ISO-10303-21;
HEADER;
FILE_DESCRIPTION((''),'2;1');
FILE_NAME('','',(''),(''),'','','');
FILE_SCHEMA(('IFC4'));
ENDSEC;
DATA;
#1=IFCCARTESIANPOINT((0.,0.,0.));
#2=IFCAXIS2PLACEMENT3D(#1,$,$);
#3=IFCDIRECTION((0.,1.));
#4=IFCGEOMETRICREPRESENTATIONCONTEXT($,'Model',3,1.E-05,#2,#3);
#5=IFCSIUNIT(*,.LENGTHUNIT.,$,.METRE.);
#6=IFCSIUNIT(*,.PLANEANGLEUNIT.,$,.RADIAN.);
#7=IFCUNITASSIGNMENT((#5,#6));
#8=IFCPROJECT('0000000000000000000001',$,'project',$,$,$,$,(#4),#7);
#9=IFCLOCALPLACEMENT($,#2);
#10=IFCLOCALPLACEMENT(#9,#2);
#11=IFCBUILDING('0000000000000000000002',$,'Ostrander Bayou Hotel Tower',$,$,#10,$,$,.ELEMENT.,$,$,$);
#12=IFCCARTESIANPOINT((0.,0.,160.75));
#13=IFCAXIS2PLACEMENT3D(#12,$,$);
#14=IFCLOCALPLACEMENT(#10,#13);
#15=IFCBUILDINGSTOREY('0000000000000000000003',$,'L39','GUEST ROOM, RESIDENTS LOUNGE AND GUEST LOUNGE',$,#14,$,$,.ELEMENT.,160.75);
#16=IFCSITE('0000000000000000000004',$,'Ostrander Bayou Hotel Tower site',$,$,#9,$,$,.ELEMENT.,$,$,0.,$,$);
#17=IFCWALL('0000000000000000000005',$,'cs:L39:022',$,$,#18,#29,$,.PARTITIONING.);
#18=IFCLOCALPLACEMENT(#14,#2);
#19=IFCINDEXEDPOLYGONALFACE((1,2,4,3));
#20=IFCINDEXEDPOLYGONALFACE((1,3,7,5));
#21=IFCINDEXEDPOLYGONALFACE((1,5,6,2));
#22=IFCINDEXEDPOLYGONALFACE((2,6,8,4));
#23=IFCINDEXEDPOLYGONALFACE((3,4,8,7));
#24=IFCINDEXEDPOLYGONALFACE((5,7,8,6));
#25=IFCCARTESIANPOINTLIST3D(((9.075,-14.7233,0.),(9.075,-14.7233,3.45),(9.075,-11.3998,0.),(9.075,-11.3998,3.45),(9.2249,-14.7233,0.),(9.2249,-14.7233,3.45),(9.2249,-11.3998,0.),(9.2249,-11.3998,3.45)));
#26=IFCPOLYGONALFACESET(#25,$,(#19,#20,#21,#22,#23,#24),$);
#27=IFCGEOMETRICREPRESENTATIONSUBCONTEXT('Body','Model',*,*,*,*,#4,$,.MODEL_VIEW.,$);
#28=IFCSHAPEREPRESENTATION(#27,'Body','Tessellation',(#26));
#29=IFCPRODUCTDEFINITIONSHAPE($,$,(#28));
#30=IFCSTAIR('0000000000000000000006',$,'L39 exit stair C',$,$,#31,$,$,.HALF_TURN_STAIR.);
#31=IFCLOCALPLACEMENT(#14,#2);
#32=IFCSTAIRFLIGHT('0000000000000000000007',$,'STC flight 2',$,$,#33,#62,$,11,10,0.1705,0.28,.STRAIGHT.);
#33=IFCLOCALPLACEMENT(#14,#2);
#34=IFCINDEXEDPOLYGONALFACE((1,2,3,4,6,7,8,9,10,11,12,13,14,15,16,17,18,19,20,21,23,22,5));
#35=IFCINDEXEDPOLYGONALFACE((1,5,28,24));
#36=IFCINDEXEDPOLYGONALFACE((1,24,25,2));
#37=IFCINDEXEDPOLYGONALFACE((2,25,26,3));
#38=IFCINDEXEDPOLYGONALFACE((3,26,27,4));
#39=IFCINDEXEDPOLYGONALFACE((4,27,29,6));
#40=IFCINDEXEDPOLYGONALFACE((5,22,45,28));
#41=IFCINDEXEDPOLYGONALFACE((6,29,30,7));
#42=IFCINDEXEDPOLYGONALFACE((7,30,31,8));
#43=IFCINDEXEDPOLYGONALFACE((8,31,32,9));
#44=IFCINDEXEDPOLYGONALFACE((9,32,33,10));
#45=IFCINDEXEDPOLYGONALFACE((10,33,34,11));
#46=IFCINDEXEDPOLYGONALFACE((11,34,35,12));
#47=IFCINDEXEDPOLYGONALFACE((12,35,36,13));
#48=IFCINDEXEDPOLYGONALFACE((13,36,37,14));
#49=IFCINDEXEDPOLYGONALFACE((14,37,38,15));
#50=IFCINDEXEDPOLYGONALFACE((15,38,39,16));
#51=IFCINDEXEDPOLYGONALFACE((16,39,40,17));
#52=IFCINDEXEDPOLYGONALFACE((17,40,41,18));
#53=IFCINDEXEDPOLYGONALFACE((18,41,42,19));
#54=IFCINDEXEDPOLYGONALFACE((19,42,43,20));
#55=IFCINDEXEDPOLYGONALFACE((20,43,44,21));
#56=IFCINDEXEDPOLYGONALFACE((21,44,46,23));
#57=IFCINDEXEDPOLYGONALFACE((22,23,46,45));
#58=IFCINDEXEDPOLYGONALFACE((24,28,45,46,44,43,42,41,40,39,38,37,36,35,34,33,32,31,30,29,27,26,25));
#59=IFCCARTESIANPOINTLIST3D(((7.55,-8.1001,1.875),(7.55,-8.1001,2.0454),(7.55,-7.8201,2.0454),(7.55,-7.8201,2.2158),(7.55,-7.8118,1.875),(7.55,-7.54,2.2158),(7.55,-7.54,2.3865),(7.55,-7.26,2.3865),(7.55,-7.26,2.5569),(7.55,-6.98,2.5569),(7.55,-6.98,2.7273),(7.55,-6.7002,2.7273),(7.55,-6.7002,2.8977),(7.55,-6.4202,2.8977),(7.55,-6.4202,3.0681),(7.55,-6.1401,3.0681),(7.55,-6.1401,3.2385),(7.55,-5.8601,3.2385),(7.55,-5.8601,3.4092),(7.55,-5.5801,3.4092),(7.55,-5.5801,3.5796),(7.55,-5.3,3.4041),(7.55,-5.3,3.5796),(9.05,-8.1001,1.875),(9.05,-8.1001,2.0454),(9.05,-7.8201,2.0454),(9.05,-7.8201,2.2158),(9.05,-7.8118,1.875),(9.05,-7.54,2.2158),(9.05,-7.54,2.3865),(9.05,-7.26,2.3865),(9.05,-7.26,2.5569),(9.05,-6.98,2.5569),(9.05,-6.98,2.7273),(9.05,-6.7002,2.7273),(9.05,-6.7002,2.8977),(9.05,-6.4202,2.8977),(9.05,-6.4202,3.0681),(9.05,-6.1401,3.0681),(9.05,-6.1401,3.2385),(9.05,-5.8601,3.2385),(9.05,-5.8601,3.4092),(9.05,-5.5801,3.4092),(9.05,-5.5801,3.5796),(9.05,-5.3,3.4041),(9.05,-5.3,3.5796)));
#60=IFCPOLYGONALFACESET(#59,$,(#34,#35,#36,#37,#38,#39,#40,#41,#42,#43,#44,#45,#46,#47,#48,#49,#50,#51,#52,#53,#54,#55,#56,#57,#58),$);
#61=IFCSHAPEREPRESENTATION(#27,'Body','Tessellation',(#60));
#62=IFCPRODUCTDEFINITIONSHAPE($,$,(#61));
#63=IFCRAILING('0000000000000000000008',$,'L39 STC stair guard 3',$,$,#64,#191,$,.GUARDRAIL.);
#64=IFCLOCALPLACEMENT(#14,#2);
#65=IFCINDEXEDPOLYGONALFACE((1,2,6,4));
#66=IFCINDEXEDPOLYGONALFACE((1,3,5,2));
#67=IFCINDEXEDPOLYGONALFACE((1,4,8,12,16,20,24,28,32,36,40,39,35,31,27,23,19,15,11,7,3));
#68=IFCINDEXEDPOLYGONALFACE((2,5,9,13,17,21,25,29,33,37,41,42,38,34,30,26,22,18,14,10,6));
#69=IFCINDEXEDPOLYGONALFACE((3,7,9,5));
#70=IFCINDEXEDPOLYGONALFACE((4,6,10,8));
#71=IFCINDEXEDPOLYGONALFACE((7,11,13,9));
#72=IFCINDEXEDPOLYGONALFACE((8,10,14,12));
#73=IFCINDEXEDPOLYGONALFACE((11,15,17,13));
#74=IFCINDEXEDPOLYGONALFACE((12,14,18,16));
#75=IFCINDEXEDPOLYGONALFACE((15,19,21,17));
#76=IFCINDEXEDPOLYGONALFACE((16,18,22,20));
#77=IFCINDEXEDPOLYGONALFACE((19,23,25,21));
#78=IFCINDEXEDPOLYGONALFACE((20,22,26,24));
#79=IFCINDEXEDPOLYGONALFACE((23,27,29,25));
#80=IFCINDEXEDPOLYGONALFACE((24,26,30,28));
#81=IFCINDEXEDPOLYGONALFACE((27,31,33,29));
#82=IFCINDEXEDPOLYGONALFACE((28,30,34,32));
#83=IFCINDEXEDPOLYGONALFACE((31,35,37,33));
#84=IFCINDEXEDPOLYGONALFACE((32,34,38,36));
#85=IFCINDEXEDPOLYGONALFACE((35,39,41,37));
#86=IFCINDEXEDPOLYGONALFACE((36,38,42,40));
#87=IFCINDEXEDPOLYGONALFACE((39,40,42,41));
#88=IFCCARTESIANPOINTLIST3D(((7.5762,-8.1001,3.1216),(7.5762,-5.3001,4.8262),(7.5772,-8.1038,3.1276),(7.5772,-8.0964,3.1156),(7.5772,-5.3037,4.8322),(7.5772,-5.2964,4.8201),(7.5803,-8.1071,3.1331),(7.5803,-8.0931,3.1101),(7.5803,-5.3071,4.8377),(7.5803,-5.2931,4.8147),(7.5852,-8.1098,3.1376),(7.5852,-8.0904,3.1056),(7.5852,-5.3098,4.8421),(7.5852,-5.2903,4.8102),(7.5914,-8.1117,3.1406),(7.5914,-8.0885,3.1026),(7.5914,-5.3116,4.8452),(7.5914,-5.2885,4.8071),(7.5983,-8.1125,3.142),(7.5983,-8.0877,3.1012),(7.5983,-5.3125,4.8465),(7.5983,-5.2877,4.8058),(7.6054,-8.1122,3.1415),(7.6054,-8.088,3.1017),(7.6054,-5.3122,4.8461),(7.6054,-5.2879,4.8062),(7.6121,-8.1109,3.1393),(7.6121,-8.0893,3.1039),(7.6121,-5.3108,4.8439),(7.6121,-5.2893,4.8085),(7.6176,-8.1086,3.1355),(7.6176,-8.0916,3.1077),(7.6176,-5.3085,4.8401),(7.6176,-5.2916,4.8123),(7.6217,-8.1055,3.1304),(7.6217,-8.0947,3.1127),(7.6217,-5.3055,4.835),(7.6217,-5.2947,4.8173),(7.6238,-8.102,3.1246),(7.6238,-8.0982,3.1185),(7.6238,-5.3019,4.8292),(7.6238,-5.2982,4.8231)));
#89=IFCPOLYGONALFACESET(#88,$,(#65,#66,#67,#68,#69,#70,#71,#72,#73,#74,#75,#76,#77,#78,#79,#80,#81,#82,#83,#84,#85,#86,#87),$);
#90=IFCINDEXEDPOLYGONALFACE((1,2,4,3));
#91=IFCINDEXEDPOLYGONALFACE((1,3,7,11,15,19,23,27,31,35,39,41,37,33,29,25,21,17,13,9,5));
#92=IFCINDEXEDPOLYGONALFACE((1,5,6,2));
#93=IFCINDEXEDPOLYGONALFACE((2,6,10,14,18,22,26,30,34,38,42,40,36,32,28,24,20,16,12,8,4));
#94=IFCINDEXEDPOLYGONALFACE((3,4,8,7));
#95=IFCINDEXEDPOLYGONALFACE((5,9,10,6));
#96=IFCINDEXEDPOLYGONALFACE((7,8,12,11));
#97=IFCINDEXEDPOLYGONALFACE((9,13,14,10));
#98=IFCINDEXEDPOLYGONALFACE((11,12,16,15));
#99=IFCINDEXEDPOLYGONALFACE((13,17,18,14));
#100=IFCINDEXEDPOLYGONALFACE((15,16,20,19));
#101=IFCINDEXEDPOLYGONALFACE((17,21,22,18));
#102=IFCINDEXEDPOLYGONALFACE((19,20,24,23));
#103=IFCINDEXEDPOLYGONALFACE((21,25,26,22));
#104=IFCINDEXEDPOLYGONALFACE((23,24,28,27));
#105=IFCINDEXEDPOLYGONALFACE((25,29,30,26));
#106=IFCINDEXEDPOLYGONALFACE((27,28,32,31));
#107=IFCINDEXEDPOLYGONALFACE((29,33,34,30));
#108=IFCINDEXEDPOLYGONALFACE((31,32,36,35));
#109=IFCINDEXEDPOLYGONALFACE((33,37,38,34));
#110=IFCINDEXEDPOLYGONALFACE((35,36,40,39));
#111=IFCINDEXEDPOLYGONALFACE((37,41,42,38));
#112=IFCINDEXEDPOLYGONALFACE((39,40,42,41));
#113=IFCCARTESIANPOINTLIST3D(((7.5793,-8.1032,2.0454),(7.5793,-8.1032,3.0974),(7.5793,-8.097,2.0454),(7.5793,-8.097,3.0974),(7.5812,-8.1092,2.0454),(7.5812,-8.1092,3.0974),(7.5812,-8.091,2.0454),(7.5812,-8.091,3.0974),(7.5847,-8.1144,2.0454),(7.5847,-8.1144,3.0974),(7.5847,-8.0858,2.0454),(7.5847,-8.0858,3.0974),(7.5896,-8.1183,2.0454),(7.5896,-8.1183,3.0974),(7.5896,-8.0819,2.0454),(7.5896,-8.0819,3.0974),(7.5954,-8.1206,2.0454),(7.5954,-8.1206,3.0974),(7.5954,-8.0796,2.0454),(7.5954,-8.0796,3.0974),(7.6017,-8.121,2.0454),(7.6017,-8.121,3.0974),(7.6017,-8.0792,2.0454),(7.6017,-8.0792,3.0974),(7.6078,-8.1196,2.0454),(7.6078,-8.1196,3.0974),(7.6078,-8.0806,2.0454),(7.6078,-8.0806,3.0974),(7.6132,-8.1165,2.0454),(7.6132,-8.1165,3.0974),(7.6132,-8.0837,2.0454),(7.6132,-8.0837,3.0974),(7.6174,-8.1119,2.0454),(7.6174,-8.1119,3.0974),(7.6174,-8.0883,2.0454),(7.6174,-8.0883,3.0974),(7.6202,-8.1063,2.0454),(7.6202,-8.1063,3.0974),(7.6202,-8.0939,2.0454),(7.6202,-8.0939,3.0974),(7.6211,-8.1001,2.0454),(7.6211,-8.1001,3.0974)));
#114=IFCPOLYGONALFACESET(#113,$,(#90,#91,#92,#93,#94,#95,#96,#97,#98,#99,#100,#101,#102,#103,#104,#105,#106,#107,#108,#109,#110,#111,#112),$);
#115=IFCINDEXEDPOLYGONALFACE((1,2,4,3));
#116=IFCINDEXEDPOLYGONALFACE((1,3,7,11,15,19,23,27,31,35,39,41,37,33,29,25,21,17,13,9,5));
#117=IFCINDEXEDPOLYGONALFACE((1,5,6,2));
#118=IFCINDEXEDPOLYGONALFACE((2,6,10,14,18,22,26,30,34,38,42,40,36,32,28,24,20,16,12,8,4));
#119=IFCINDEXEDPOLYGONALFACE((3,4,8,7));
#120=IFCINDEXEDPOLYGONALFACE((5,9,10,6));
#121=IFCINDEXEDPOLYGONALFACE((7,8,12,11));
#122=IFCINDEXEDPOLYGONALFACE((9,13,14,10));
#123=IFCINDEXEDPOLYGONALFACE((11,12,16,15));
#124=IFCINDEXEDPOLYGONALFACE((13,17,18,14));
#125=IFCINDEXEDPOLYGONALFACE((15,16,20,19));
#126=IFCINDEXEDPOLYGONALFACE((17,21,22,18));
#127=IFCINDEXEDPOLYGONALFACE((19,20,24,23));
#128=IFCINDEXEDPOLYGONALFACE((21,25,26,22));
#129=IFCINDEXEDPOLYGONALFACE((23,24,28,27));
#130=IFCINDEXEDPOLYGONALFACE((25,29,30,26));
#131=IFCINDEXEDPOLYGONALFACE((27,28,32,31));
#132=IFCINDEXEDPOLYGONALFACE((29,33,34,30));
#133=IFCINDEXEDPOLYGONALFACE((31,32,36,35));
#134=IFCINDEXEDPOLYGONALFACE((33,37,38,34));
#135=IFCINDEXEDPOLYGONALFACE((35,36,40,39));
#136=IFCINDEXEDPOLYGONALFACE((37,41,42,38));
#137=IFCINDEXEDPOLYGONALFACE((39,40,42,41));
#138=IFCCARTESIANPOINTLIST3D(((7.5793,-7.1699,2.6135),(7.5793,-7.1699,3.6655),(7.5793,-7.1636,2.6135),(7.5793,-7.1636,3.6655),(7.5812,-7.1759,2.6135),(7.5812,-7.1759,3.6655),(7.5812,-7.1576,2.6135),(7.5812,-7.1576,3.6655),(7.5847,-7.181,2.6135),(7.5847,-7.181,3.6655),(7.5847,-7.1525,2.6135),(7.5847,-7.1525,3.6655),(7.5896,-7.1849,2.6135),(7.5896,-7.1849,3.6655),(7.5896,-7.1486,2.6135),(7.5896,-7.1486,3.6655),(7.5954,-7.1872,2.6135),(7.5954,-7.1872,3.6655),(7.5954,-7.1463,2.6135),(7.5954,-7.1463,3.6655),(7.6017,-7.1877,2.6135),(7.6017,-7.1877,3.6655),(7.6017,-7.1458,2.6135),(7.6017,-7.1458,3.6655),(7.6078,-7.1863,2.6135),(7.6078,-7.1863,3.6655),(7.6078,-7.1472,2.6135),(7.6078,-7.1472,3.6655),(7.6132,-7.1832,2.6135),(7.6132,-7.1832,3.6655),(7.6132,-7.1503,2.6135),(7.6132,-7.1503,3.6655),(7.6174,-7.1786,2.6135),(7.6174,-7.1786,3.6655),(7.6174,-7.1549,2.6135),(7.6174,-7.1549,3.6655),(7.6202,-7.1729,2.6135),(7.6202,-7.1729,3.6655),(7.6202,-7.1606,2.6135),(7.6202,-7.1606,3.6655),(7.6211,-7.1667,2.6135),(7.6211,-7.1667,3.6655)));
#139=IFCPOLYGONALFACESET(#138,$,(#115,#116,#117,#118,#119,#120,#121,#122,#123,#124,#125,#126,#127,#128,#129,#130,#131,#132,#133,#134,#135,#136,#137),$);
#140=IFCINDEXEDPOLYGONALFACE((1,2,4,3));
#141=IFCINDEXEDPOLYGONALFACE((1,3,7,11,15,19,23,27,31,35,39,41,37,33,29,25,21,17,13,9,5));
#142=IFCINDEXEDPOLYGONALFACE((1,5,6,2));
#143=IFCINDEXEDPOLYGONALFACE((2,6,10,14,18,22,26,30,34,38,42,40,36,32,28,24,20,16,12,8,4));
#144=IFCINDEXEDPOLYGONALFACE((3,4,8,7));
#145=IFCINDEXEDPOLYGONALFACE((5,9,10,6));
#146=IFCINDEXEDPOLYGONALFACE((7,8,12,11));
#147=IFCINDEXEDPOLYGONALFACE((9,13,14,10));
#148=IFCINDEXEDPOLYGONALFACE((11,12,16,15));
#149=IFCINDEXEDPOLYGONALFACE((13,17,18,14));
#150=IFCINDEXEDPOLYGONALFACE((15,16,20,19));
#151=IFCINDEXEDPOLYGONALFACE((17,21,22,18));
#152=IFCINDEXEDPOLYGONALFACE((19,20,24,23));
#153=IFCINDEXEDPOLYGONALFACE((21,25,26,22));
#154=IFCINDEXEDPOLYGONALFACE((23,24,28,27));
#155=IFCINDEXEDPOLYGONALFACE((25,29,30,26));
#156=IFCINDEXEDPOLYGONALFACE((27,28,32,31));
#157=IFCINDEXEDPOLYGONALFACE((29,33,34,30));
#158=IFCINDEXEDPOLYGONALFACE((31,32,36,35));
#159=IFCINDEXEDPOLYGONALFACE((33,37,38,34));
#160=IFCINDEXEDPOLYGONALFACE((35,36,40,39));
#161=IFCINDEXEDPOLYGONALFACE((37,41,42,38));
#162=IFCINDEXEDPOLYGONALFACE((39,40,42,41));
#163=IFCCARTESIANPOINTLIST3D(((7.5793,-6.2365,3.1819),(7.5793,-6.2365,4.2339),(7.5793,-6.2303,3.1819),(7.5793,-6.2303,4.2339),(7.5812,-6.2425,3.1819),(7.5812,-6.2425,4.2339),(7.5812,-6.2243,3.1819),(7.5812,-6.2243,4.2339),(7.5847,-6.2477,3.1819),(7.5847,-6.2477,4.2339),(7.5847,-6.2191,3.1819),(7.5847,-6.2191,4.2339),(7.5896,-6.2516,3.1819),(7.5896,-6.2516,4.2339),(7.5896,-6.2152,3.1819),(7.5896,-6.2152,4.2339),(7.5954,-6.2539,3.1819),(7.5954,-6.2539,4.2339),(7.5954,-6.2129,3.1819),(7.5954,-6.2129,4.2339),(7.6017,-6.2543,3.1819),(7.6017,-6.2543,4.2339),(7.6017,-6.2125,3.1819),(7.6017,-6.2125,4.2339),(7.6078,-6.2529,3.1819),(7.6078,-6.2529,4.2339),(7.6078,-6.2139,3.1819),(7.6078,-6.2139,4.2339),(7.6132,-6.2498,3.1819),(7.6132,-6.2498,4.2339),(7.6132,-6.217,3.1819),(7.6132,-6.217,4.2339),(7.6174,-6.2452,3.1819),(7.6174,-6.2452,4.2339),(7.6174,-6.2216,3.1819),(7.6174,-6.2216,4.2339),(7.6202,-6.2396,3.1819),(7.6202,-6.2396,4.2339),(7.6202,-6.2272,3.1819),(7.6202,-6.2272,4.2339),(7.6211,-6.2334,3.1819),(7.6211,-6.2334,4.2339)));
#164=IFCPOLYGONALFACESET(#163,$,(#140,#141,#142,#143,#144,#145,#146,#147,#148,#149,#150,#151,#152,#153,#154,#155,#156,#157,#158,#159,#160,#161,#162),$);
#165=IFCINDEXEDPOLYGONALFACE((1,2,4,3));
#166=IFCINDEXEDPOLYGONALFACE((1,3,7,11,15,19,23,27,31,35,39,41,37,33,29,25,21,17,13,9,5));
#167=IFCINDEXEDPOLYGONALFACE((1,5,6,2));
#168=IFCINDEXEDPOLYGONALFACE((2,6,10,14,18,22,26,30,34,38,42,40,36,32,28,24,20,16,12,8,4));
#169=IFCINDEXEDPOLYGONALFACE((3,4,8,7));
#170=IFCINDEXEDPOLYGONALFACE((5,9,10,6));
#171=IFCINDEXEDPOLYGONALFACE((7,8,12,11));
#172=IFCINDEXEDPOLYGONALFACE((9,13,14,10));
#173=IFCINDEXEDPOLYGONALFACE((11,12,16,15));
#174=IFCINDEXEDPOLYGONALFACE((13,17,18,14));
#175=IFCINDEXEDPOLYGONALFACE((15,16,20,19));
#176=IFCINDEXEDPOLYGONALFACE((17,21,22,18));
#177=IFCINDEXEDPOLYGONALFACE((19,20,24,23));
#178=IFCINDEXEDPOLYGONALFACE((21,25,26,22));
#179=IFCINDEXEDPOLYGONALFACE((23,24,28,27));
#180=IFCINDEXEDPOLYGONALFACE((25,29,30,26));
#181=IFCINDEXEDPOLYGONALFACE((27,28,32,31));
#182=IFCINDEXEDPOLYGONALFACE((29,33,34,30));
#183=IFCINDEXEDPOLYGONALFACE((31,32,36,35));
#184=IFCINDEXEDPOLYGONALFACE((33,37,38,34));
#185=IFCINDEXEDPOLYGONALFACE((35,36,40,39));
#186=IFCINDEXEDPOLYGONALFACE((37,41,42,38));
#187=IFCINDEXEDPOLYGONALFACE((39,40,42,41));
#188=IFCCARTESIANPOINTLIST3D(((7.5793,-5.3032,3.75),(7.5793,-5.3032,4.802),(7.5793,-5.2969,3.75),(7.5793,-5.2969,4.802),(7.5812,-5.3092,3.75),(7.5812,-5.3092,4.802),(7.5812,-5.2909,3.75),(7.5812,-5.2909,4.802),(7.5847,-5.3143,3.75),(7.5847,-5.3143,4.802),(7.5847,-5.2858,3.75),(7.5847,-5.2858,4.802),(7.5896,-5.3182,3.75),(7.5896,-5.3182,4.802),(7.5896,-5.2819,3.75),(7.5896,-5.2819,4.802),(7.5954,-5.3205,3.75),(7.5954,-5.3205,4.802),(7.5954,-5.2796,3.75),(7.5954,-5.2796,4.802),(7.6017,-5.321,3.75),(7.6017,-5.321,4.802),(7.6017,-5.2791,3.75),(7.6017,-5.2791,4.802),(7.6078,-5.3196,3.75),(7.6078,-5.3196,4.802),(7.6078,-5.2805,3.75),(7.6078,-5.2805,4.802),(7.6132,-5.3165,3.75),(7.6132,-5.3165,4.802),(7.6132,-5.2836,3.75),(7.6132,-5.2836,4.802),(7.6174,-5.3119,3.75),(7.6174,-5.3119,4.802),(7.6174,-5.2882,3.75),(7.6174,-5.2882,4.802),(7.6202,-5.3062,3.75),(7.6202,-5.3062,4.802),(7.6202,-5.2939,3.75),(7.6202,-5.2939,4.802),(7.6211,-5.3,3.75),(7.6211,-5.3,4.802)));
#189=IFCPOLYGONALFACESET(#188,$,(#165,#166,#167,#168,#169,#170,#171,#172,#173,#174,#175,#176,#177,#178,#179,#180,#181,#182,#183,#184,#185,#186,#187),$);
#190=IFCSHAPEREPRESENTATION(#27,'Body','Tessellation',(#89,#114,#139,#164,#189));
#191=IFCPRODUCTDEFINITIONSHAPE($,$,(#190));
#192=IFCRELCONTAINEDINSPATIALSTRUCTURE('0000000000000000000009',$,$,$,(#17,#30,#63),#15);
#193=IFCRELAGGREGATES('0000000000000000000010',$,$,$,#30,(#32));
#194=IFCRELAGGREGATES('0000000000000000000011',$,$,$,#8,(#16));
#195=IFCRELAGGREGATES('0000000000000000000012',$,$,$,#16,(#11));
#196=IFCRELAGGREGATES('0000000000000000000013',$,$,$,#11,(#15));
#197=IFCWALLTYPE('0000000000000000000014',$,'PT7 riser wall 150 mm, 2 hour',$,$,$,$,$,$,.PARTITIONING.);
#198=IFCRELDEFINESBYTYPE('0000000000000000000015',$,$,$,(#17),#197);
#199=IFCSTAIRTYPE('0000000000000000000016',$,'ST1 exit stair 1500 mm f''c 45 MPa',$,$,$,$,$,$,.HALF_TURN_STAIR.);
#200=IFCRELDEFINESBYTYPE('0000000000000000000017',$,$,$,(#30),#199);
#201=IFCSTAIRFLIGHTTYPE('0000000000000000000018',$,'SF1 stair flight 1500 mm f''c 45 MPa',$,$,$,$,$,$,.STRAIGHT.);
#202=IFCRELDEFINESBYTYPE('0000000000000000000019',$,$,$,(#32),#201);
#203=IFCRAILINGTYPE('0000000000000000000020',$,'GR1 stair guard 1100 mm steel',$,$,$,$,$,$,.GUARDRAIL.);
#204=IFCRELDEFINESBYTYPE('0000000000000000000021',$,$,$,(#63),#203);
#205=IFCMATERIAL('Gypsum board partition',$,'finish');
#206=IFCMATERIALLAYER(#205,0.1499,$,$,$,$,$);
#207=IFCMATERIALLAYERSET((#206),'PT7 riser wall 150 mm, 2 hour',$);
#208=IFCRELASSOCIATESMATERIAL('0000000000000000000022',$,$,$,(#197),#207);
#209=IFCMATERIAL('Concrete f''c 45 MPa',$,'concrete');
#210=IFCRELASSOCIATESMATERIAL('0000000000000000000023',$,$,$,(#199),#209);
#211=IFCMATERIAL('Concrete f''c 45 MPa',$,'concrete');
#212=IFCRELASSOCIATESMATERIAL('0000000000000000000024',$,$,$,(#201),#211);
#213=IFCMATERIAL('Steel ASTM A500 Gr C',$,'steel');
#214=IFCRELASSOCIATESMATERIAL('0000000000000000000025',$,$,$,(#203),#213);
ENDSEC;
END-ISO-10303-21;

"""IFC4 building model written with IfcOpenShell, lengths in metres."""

from ifc_helpers import new_model, si_unit, direction, frame, frame_2d, origin, origin_2d, place, context, subcontext, project, spatial, polyline, rectangle, circle, outline, extrude, material, layer, layer_set, type_object, element, aggregate, save


model = new_model("IFC4")

# Units and contexts
model_context = context("Model", 3, precision=1e-05, world=origin(), true_north=direction((0.0, 1.0)))
body_context = subcontext(model_context, "Body", "Model", "MODEL_VIEW")
ifc_project = project(units=[si_unit("LENGTHUNIT", "METRE"), si_unit("PLANEANGLEUNIT", "RADIAN")], contexts=[model_context])

# Site, building, storey
site_placement = place(None, origin())
site = spatial("IfcSite", under=ifc_project, at=site_placement, Name="Ostrander Bayou Hotel Tower site", CompositionType="ELEMENT", RefElevation=0.0)
building_placement = place(site_placement, origin())
building = spatial("IfcBuilding", under=site, at=building_placement, Name="Ostrander Bayou Hotel Tower", CompositionType="ELEMENT")
storey_placement = place(building_placement, frame((0.0, 0.0, 160.75)))
storey = spatial("IfcBuildingStorey", under=building, at=storey_placement, Name="L39", Description="GUEST ROOM, RESIDENTS LOUNGE AND GUEST LOUNGE", CompositionType="ELEMENT", Elevation=160.75)

# Wall
ifc_material_1 = material(Name="Gypsum board partition", Category="finish")
ifc_layer_1 = layer(ifc_material_1, 0.1499)
ifc_layer_set_1 = layer_set([ifc_layer_1], Name="PT7 riser wall 150 mm, 2 hour")
wall_type_1 = type_object("IfcWallType", Name="PT7 riser wall 150 mm, 2 hour", PredefinedType="PARTITIONING", material=ifc_layer_set_1)
wall_1_placement = place(storey_placement, frame((9.1499, -11.3999, 0.0), z_axis=(0.0, 0.0, 1.0), x_axis=(0.0, -1.0, 0.0)))
element("IfcWall", 1, at=wall_1_placement, inside=storey, type_object=wall_type_1, Name="cs:L39:022", PredefinedType="PARTITIONING", context=body_context, shape_type="SweptSolid", body=[
    extrude(rectangle(XDim=3.3235, YDim=0.1499, at=frame_2d((1.6616, 0.0))), origin(), (0.0, 0.0, 1.0), 3.45),
])

# Stair, stair flight
ifc_material_2 = material(Name="Concrete f'c 45 MPa", Category="concrete")
stair_type = type_object("IfcStairType", Name="ST1 exit stair 1500 mm f'c 45 MPa", PredefinedType="HALF_TURN_STAIR", material=ifc_material_2)
stair_placement = place(storey_placement, origin())
stair = element("IfcStair", 2, at=stair_placement, inside=storey, type_object=stair_type, Name="L39 exit stair C", PredefinedType="HALF_TURN_STAIR")
ifc_material_3 = material(Name="Concrete f'c 45 MPa", Category="concrete")
stair_flight_type = type_object("IfcStairFlightType", Name="SF1 stair flight 1500 mm f'c 45 MPa", PredefinedType="STRAIGHT", material=ifc_material_3)
stair_flight_placement = place(storey_placement, frame((8.3, -8.1001, 1.875), z_axis=(0.0, 0.0, 1.0), x_axis=(0.0, 1.0, 0.0)))
stair_flight = element("IfcStairFlight", 3, at=stair_flight_placement, type_object=stair_flight_type, Name="STC flight 2", NumberOfRisers=11, NumberOfTreads=10, PredefinedType="STRAIGHT", RiserHeight=0.1705, TreadLength=0.28, context=body_context, shape_type="SweptSolid", body=[
    extrude(outline(polyline([(0.0, 0.0), (0.0, 0.1704), (0.28, 0.1704), (0.28, 0.3408), (0.5601, 0.3408), (0.5601, 0.5115), (0.8401, 0.5115), (0.8401, 0.6819), (1.1201, 0.6819), (1.1201, 0.8523), (1.3999, 0.8523), (1.3999, 1.0227), (1.6799, 1.0227), (1.6799, 1.1931), (1.96, 1.1931), (1.96, 1.3635), (2.24, 1.3635), (2.24, 1.5342), (2.52, 1.5342), (2.52, 1.7046), (2.8, 1.7046), (2.8, 1.875), (2.8, 1.5291), (0.2883, 0.0), (0.0, 0.0)])), frame((0.0, 0.75, 0.0), z_axis=(0.0, -1.0, 0.0), x_axis=(1.0, 0.0, 0.0)), (0.0, 0.0, 1.0), 1.5),
])
aggregate(stair, [stair_flight])

# Railing
ifc_material_4 = material(Name="Steel ASTM A500 Gr C", Category="steel")
railing_type_1 = type_object("IfcRailingType", Name="GR1 stair guard 1100 mm steel", PredefinedType="GUARDRAIL", material=ifc_material_4)
railing_1_placement = place(storey_placement, frame((7.6001, -8.1001, 2.0454)))
element("IfcRailing", 4, at=railing_1_placement, inside=storey, type_object=railing_type_1, Name="L39 STC stair guard 3", PredefinedType="GUARDRAIL", context=body_context, shape_type="SweptSolid", body=[
    extrude(circle(Radius=0.0239, at=origin_2d()), frame((0.0, 0.0, 1.0762), z_axis=(0.0, 0.85417, 0.519994), x_axis=(-1.0, 0.0, 0.0)), (0.0, 0.0, 1.0), 3.2781),
    extrude(circle(Radius=0.021, at=origin_2d()), origin(), (0.0, 0.0, 1.0), 1.052),
    extrude(circle(Radius=0.021, at=origin_2d()), frame((0.0, 0.9333, 0.5681)), (0.0, 0.0, 1.0), 1.052),
    extrude(circle(Radius=0.021, at=origin_2d()), frame((0.0, 1.8667, 1.1365)), (0.0, 0.0, 1.0), 1.052),
    extrude(circle(Radius=0.021, at=origin_2d()), frame((0.0, 2.8, 1.7046)), (0.0, 0.0, 1.0), 1.052),
])

save(model, "model.ifc")
